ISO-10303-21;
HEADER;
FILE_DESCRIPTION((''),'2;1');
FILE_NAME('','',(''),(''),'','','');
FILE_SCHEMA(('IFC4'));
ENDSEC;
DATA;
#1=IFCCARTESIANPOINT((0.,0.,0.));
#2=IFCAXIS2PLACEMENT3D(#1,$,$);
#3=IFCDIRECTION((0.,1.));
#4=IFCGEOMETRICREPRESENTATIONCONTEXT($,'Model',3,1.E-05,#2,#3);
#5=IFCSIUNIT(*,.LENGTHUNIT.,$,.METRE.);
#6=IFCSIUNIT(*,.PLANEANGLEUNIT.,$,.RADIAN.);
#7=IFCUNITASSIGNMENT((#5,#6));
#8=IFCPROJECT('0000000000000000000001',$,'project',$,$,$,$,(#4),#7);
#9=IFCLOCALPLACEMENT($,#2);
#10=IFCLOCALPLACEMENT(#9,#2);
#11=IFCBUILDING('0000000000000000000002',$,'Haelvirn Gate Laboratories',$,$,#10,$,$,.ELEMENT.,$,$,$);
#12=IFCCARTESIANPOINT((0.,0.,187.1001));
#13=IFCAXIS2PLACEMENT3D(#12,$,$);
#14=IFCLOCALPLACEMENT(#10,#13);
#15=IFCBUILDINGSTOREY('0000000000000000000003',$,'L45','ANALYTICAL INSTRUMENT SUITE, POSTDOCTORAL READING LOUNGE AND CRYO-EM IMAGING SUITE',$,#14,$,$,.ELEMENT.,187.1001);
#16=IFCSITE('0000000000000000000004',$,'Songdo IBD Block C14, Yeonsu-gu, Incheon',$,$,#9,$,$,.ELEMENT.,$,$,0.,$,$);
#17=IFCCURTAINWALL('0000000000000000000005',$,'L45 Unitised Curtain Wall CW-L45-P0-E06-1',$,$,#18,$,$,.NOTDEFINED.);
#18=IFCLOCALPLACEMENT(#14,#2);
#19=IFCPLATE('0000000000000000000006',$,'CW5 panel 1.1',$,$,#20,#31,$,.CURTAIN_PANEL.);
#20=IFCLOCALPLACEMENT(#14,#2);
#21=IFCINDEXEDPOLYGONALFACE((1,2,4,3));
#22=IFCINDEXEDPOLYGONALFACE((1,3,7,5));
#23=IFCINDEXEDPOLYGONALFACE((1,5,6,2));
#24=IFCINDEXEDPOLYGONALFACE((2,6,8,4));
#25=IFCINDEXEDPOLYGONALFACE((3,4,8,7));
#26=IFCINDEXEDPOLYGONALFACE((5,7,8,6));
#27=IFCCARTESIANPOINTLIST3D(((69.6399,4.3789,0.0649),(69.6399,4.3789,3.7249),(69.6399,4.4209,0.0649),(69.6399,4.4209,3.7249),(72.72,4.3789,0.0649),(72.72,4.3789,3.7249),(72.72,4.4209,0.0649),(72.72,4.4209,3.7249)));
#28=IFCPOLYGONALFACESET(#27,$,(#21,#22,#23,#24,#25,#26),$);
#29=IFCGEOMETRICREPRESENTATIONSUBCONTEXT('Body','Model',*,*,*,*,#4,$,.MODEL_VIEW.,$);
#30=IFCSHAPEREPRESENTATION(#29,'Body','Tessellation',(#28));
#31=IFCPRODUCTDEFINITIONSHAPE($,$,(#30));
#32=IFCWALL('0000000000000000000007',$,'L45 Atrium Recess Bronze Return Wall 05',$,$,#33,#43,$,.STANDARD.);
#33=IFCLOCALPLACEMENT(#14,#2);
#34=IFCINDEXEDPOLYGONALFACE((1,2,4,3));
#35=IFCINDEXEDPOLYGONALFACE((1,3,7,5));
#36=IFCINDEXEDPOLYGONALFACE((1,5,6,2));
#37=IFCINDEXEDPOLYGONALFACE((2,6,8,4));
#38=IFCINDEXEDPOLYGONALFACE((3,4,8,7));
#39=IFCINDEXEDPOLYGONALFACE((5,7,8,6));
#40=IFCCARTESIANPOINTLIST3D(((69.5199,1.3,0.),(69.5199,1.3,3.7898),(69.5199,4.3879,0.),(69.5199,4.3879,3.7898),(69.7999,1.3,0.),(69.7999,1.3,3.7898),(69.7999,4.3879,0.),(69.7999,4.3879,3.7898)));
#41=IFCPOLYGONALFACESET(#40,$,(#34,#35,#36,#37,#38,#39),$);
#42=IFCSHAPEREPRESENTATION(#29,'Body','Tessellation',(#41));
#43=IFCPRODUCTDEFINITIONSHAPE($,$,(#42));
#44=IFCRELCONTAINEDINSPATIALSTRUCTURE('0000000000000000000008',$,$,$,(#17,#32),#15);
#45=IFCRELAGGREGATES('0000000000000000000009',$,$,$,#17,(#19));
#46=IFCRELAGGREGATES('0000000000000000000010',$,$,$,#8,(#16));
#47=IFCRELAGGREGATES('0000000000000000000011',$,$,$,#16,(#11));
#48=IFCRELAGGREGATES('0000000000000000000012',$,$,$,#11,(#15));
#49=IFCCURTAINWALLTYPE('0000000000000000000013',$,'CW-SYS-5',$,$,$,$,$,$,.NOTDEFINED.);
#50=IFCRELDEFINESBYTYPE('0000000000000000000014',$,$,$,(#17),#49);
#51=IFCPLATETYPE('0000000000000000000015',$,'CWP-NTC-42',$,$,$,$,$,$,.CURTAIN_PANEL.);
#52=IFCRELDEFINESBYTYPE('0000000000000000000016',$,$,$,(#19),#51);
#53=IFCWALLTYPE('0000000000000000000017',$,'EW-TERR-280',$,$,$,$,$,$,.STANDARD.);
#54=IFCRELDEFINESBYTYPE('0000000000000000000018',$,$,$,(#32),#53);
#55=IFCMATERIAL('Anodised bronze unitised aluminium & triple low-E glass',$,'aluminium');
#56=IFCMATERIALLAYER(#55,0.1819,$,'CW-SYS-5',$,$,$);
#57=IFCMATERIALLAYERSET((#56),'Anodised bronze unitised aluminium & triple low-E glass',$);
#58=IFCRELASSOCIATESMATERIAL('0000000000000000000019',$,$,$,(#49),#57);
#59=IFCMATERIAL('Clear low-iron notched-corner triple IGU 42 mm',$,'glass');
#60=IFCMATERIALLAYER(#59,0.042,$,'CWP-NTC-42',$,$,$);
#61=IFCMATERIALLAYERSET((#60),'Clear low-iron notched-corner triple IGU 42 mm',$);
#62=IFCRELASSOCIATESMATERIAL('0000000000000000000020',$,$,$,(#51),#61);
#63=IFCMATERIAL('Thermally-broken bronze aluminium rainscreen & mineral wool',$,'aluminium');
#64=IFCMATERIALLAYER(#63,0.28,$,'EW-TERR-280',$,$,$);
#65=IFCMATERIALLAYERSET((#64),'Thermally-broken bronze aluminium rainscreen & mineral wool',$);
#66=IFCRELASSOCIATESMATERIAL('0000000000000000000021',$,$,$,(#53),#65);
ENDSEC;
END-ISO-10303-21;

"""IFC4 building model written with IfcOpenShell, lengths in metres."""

from ifc_helpers import new_model, si_unit, direction, frame, frame_2d, origin, origin_2d, place, context, subcontext, project, spatial, rectangle, extrude, source, transform, mapped, material, layer, layer_set, type_object, type_shapes, element, aggregate, save


model = new_model("IFC4")

# Units and contexts
model_context = context("Model", 3, precision=1e-05, world=origin(), true_north=direction((0.0, 1.0)))
body_context = subcontext(model_context, "Body", "Model", "MODEL_VIEW")
ifc_project = project(units=[si_unit("LENGTHUNIT", "METRE"), si_unit("PLANEANGLEUNIT", "RADIAN")], contexts=[model_context])

# Site, building, storey
site_placement = place(None, origin())
site = spatial("IfcSite", under=ifc_project, at=site_placement, Name="Songdo IBD Block C14, Yeonsu-gu, Incheon", CompositionType="ELEMENT", RefElevation=0.0)
building_placement = place(site_placement, origin())
building = spatial("IfcBuilding", under=site, at=building_placement, Name="Haelvirn Gate Laboratories", CompositionType="ELEMENT")
storey_placement = place(building_placement, frame((0.0, 0.0, 187.1001)))
storey = spatial("IfcBuildingStorey", under=building, at=storey_placement, Name="L45", Description="ANALYTICAL INSTRUMENT SUITE, POSTDOCTORAL READING LOUNGE AND CRYO-EM IMAGING SUITE", CompositionType="ELEMENT", Elevation=187.1001)

# Curtain wall
ifc_material_1 = material(Name="Anodised bronze unitised aluminium & triple low-E glass", Category="aluminium")
ifc_layer_1 = layer(ifc_material_1, 0.1819, Name="CW-SYS-5")
ifc_layer_set_1 = layer_set([ifc_layer_1], Name="Anodised bronze unitised aluminium & triple low-E glass")
curtain_wall_type_1 = type_object("IfcCurtainWallType", Name="CW-SYS-5", PredefinedType="NOTDEFINED", material=ifc_layer_set_1)
curtain_wall_1_placement = place(storey_placement, origin())
curtain_wall_1 = element("IfcCurtainWall", 1, at=curtain_wall_1_placement, inside=storey, type_object=curtain_wall_type_1, Name="L45 Unitised Curtain Wall CW-L45-P0-E06-1", PredefinedType="NOTDEFINED")

# Plate
ifc_material_2 = material(Name="Clear low-iron notched-corner triple IGU 42 mm", Category="glass")
ifc_layer_2 = layer(ifc_material_2, 0.042, Name="CWP-NTC-42")
ifc_layer_set_2 = layer_set([ifc_layer_2], Name="Clear low-iron notched-corner triple IGU 42 mm")
plate_type_1 = type_object("IfcPlateType", Name="CWP-NTC-42", PredefinedType="CURTAIN_PANEL", material=ifc_layer_set_2)
shared_shape_1 = source(origin(), body_context, "Body", "SweptSolid", [
    extrude(rectangle(XDim=3.0801, YDim=0.042, at=origin_2d()), origin(), (0.0, 0.0, 1.0), 3.6599),
])
type_shapes(plate_type_1, [shared_shape_1])
plate_1_placement = place(storey_placement, frame((71.1799, 4.3999, 0.0649), z_axis=(0.0, 0.0, 1.0), x_axis=(1.0, 0.0, 0.0)))
plate_1 = element("IfcPlate", 2, at=plate_1_placement, type_object=plate_type_1, Name="CW5 panel 1.1", PredefinedType="CURTAIN_PANEL", context=body_context, shape_type="MappedRepresentation", body=[
    mapped(shared_shape_1, transform((0.0, 0.0, 0.0), scale=1.0)),
])
aggregate(curtain_wall_1, [plate_1])

# Wall
ifc_material_3 = material(Name="Thermally-broken bronze aluminium rainscreen & mineral wool", Category="aluminium")
ifc_layer_3 = layer(ifc_material_3, 0.28, Name="EW-TERR-280")
ifc_layer_set_3 = layer_set([ifc_layer_3], Name="Thermally-broken bronze aluminium rainscreen & mineral wool")
wall_type = type_object("IfcWallType", Name="EW-TERR-280", PredefinedType="STANDARD", material=ifc_layer_set_3)
wall_placement = place(storey_placement, frame((69.6599, 1.3, 0.0), z_axis=(0.0, 0.0, 1.0), x_axis=(0.0, 1.0, 0.0)))
element("IfcWall", 3, at=wall_placement, inside=storey, type_object=wall_type, Name="L45 Atrium Recess Bronze Return Wall 05", PredefinedType="STANDARD", context=body_context, shape_type="SweptSolid", body=[
    extrude(rectangle(XDim=3.0879, YDim=0.28, at=frame_2d((1.5439, 0.0))), origin(), (0.0, 0.0, 1.0), 3.7898),
])

save(model, "model.ifc")
